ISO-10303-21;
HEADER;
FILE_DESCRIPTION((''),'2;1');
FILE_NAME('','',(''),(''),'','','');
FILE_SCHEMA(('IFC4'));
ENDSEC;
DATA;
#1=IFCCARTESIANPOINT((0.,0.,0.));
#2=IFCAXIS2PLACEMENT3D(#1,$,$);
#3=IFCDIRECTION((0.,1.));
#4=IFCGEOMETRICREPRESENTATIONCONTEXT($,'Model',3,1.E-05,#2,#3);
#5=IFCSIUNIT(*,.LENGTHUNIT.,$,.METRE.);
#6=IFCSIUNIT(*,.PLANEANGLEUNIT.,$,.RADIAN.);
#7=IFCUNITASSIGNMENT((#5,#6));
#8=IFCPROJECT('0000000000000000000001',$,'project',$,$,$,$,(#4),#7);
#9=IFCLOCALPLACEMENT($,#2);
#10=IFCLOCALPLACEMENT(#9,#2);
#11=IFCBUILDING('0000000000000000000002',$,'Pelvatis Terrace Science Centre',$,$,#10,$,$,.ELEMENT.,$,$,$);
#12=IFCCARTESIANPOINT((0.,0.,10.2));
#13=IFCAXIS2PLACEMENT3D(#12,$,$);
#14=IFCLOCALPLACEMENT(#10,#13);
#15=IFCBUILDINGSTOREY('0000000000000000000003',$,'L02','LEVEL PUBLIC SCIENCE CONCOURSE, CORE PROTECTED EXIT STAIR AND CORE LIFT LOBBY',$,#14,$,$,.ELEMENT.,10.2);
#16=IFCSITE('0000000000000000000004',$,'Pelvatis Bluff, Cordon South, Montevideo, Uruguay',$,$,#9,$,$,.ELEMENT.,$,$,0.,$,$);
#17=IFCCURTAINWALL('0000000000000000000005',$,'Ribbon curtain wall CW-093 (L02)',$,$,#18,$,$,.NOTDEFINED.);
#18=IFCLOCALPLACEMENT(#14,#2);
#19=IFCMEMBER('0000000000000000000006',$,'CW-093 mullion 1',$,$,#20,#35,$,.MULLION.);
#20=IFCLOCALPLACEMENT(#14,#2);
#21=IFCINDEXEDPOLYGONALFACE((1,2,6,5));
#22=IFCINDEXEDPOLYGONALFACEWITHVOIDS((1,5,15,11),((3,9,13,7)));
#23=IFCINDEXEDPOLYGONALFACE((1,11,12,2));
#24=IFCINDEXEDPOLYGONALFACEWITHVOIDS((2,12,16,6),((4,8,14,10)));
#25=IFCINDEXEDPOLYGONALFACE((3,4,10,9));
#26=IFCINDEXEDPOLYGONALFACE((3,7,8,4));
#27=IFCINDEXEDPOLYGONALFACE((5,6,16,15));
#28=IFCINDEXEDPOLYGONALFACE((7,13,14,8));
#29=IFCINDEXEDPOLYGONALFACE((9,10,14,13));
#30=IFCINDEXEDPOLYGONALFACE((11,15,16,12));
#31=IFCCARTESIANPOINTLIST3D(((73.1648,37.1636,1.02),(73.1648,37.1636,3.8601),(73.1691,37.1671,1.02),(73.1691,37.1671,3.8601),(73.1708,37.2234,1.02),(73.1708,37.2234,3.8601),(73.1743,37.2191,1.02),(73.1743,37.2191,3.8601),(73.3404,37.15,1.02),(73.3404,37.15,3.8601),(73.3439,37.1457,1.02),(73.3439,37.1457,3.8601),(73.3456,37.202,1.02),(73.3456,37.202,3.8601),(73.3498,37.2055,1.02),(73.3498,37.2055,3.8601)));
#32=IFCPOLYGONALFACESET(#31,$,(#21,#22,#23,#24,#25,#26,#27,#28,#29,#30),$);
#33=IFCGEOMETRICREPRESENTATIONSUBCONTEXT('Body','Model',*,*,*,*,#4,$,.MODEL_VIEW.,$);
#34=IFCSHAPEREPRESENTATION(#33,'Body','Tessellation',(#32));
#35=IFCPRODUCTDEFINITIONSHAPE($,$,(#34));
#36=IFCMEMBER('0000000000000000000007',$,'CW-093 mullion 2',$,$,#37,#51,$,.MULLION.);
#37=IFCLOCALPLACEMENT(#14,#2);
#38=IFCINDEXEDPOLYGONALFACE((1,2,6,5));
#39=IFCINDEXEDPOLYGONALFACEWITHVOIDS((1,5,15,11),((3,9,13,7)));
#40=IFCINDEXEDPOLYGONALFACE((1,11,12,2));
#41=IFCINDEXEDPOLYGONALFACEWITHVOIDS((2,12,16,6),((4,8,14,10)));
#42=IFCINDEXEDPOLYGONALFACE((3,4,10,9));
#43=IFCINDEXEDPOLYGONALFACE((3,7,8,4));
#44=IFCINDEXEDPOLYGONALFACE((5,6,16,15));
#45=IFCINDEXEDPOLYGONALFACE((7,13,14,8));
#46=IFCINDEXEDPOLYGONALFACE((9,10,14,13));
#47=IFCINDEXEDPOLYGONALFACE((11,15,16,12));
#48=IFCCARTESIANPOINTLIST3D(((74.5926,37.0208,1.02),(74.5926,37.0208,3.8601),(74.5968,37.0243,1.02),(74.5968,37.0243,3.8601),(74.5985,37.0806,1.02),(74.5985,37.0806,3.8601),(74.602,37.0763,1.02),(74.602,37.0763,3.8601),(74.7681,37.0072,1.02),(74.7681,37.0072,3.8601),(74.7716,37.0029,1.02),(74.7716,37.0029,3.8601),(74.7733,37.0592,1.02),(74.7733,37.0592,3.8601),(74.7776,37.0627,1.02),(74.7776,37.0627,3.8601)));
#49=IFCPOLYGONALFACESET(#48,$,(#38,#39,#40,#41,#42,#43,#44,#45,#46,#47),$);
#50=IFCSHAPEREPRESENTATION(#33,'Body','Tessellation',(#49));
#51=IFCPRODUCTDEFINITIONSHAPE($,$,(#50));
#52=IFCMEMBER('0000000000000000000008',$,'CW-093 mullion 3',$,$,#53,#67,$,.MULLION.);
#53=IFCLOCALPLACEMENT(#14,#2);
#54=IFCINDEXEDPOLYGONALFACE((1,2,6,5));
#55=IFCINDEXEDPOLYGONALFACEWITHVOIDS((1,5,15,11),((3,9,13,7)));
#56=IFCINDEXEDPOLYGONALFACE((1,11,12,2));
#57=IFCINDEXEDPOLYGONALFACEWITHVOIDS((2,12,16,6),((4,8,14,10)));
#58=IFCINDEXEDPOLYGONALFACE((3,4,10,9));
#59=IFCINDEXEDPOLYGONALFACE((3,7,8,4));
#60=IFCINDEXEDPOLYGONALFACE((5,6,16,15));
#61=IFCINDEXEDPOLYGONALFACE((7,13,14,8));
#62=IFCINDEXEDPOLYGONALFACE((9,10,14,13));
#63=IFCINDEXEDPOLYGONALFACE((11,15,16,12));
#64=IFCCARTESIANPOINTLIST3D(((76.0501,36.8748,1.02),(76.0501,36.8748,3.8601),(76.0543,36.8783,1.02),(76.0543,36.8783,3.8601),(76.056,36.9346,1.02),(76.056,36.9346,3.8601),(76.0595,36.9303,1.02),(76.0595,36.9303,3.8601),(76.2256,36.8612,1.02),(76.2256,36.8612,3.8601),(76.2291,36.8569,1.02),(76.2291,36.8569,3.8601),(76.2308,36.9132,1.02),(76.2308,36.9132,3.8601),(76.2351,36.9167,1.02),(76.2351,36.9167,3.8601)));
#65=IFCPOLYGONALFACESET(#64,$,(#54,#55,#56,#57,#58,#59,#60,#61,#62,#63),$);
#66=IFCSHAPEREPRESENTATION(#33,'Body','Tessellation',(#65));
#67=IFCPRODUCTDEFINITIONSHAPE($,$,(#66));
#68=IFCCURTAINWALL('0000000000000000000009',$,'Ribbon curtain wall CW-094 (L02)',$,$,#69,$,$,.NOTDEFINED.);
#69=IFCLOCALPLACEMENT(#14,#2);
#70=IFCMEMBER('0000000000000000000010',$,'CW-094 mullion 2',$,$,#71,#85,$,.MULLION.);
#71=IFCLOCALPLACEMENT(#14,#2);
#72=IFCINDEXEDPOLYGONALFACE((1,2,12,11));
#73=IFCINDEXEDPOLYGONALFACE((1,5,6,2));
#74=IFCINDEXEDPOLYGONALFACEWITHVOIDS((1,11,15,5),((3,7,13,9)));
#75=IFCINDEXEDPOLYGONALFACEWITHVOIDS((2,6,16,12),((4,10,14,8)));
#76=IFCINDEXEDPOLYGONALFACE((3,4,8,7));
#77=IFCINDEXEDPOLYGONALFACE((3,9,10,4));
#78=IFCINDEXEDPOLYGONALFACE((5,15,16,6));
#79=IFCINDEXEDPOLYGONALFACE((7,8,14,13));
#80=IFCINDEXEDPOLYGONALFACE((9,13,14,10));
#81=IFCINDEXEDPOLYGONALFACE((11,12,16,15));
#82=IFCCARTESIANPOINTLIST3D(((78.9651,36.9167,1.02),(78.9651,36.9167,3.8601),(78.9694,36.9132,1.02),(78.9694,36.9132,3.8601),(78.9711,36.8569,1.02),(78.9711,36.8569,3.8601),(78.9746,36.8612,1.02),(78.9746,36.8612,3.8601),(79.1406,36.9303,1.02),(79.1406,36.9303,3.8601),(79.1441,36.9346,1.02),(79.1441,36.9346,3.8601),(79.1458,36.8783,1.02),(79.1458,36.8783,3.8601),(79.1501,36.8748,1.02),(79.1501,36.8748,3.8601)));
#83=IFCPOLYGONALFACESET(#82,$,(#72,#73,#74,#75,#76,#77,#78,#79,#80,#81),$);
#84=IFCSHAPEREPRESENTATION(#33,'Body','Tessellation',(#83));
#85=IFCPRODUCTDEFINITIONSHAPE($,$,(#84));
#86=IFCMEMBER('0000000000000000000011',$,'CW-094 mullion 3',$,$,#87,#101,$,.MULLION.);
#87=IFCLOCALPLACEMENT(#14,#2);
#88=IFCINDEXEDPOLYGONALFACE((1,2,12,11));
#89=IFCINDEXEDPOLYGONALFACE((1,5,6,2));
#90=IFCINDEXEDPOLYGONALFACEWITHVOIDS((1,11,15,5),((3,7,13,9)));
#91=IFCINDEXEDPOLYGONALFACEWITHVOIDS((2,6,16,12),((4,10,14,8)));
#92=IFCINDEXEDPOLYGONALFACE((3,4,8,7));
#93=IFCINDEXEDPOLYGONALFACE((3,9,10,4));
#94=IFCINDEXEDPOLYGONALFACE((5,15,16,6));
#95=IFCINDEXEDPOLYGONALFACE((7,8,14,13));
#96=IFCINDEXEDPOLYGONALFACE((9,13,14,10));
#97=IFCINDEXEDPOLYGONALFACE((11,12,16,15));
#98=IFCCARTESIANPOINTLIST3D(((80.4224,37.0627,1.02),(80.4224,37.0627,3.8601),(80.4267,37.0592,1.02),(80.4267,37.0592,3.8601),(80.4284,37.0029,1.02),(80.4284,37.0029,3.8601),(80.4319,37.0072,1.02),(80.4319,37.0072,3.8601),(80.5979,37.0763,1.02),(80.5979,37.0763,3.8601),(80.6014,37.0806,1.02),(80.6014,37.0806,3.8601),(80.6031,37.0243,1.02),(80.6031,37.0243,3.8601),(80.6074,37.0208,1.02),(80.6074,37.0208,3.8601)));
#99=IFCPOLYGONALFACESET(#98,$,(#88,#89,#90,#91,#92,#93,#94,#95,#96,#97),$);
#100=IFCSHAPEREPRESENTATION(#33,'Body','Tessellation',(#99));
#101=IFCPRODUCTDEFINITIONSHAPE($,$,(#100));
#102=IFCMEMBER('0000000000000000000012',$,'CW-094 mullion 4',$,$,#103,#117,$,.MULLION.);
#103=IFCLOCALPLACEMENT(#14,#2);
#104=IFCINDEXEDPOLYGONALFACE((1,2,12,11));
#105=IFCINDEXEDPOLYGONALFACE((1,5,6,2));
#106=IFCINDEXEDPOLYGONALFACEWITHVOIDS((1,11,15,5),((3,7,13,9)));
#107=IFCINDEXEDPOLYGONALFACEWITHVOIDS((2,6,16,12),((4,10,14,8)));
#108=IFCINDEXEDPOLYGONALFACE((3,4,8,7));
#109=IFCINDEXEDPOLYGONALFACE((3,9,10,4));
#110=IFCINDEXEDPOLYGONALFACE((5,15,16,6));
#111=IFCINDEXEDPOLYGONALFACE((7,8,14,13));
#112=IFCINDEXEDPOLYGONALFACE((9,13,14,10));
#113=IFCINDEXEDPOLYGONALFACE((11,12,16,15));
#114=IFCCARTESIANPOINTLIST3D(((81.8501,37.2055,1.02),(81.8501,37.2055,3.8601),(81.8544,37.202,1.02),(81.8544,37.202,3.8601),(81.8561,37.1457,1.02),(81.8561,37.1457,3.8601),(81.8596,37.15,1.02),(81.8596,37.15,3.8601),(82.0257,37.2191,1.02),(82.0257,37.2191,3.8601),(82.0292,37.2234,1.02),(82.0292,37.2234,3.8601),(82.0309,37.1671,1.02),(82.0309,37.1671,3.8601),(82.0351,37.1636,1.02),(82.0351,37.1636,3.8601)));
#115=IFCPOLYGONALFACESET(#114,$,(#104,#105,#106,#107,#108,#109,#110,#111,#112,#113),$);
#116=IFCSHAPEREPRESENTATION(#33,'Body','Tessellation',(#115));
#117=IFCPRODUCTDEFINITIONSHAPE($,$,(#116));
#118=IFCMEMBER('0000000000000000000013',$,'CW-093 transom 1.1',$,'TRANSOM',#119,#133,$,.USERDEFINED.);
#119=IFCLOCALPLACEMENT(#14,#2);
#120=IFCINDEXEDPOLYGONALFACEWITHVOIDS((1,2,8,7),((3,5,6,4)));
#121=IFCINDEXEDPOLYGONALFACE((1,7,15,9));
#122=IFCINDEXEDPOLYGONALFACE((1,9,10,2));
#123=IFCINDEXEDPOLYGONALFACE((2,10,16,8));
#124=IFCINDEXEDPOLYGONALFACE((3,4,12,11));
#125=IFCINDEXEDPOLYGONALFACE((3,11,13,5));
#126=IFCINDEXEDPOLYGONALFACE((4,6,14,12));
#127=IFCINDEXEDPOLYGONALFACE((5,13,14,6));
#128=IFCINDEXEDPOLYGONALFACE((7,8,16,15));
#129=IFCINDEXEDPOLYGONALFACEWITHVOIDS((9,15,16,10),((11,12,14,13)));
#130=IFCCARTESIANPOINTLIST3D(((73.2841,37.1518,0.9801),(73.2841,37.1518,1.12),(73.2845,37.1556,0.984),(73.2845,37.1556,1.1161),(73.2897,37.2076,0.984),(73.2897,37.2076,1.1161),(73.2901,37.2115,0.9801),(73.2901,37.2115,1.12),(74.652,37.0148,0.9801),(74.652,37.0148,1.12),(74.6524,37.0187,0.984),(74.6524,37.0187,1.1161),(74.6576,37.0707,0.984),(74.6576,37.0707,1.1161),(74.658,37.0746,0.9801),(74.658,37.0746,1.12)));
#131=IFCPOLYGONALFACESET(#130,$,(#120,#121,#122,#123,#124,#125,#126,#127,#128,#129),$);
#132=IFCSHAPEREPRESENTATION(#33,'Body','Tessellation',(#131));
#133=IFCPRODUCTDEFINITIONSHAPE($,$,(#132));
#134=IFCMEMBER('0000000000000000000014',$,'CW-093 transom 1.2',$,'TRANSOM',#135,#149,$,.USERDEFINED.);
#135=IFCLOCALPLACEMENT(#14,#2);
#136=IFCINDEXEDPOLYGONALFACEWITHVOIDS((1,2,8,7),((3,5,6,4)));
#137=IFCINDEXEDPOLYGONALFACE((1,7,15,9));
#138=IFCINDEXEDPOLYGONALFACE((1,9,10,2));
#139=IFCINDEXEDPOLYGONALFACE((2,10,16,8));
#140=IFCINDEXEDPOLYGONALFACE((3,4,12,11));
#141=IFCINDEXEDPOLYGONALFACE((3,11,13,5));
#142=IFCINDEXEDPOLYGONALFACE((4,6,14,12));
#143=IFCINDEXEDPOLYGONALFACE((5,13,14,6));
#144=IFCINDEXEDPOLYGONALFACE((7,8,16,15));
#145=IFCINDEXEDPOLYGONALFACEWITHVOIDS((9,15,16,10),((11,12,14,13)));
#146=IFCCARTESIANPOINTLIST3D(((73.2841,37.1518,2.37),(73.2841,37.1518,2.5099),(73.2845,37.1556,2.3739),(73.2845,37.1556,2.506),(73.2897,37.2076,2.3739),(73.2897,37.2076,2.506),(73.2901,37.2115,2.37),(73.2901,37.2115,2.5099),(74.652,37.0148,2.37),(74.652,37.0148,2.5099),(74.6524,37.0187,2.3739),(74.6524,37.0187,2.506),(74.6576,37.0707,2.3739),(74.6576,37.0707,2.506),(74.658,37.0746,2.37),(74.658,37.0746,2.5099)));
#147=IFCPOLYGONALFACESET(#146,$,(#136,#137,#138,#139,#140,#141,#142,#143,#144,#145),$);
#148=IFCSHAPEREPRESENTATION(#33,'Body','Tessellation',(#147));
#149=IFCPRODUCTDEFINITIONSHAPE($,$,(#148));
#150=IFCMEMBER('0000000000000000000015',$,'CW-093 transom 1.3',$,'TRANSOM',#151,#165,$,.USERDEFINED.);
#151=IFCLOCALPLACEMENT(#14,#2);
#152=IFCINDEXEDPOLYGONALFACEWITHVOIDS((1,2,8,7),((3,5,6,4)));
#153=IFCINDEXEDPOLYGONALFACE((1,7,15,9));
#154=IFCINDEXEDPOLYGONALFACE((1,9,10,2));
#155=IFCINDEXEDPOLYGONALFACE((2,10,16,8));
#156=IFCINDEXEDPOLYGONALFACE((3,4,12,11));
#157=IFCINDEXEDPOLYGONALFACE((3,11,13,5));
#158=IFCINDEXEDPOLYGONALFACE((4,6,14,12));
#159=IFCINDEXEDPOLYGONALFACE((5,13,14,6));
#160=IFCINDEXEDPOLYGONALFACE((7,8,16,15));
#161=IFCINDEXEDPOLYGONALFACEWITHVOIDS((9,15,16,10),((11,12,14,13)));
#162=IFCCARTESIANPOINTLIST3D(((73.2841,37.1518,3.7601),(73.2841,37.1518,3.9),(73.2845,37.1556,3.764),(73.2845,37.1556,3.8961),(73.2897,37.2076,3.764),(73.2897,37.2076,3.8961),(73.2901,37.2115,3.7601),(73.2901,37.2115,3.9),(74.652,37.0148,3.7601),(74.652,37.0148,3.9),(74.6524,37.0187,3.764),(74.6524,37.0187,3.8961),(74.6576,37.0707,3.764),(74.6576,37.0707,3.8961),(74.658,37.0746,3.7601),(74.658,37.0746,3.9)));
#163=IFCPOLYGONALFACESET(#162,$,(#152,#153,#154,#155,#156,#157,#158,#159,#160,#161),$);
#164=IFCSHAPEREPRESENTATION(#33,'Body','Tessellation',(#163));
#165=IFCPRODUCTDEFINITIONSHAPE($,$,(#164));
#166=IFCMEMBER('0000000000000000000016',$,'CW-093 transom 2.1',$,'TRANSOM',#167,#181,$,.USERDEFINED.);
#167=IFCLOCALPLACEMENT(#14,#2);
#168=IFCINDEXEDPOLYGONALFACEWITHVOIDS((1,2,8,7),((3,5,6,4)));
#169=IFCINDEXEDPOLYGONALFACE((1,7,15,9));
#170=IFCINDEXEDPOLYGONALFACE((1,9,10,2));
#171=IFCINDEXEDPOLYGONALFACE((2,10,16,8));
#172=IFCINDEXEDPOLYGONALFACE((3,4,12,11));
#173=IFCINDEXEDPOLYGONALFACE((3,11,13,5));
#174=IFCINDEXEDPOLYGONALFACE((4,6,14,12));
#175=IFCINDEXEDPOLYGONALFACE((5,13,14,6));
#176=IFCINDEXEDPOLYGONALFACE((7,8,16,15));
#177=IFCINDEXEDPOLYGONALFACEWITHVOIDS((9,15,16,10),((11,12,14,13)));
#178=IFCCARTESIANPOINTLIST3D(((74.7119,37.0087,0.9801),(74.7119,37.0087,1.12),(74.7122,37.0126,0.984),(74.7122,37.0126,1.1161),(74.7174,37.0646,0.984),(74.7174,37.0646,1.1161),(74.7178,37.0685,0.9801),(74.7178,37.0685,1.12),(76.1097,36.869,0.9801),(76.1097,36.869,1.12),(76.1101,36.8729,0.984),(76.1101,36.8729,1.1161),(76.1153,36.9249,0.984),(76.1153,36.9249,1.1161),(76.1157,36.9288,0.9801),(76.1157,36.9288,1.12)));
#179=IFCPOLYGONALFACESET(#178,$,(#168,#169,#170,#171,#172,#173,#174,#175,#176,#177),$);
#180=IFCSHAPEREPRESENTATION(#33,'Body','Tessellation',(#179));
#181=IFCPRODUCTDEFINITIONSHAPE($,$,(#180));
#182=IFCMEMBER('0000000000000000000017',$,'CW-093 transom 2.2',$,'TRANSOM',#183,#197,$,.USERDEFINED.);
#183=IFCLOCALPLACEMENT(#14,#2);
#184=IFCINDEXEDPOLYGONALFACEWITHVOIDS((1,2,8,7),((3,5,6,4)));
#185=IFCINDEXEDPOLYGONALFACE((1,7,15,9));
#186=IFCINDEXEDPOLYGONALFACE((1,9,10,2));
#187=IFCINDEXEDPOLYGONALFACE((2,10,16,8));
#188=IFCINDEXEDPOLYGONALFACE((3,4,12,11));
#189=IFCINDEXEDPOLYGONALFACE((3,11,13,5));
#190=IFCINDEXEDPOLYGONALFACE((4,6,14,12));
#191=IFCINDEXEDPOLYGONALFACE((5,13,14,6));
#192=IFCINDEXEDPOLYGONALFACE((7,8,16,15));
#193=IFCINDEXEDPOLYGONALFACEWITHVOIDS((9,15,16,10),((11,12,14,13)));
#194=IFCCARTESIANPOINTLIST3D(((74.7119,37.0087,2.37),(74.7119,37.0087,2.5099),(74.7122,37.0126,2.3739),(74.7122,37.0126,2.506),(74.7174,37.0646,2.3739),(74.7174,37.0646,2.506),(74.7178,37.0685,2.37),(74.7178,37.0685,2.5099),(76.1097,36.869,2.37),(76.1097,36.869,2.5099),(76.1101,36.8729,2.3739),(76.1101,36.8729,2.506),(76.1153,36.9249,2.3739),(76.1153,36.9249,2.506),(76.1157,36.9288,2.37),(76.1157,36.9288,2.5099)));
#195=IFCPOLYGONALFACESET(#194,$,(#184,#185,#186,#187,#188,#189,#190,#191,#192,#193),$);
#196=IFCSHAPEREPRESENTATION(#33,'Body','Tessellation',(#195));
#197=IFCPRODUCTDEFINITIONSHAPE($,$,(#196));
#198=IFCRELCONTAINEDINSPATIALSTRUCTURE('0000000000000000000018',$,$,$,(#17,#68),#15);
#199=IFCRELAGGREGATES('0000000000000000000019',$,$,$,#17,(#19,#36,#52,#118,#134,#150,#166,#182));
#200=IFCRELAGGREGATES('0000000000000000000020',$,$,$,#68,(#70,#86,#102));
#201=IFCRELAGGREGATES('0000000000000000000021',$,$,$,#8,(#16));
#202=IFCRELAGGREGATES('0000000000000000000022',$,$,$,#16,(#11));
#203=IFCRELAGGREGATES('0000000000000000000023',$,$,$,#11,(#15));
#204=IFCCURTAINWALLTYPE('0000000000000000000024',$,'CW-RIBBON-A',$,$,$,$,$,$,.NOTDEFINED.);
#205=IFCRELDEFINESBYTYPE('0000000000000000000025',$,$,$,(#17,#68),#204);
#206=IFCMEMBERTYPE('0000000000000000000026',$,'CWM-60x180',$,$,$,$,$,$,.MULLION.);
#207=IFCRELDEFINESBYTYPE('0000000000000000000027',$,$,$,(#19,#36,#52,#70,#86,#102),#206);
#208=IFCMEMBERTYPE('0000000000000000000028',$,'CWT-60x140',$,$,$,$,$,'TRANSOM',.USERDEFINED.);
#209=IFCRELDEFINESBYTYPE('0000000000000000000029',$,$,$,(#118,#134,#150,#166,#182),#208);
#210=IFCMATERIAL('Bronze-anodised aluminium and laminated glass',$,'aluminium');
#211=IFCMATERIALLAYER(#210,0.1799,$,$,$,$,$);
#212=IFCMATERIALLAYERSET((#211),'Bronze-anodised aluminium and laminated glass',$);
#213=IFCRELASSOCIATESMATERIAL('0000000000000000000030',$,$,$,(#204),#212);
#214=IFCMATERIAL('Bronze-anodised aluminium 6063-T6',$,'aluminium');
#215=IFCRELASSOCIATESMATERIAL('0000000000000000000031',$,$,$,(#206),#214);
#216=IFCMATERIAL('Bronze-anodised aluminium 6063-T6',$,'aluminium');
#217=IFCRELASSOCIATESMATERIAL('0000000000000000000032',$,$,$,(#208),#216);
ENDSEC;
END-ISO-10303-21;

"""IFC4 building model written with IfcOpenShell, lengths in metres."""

from ifc_helpers import new_model, si_unit, direction, frame, origin, origin_2d, place, context, subcontext, project, spatial, hollow_rectangle, extrude, material, layer, layer_set, material_profile, profile_set, type_object, element, aggregate, save


model = new_model("IFC4")

# Units and contexts
model_context = context("Model", 3, precision=1e-05, world=origin(), true_north=direction((0.0, 1.0)))
body_context = subcontext(model_context, "Body", "Model", "MODEL_VIEW")
ifc_project = project(units=[si_unit("LENGTHUNIT", "METRE"), si_unit("PLANEANGLEUNIT", "RADIAN")], contexts=[model_context])

# Site, building, storey
site_placement = place(None, origin())
site = spatial("IfcSite", under=ifc_project, at=site_placement, Name="Pelvatis Bluff, Cordon South, Montevideo, Uruguay", CompositionType="ELEMENT", RefElevation=0.0)
building_placement = place(site_placement, origin())
building = spatial("IfcBuilding", under=site, at=building_placement, Name="Pelvatis Terrace Science Centre", CompositionType="ELEMENT")
storey_placement = place(building_placement, frame((0.0, 0.0, 10.2)))
storey = spatial("IfcBuildingStorey", under=building, at=storey_placement, Name="L02", Description="LEVEL PUBLIC SCIENCE CONCOURSE, CORE PROTECTED EXIT STAIR AND CORE LIFT LOBBY", CompositionType="ELEMENT", Elevation=10.2)

# Curtain walls, members
ifc_material_1 = material(Name="Bronze-anodised aluminium and laminated glass", Category="aluminium")
ifc_layer_1 = layer(ifc_material_1, 0.1799)
ifc_layer_set_1 = layer_set([ifc_layer_1], Name="Bronze-anodised aluminium and laminated glass")
curtain_wall_type = type_object("IfcCurtainWallType", Name="CW-RIBBON-A", PredefinedType="NOTDEFINED", material=ifc_layer_set_1)
curtain_wall_1_placement = place(storey_placement, origin())
curtain_wall_1 = element("IfcCurtainWall", 1, at=curtain_wall_1_placement, inside=storey, type_object=curtain_wall_type, Name="Ribbon curtain wall CW-093 (L02)", PredefinedType="NOTDEFINED")
ifc_material_2 = material(Name="Bronze-anodised aluminium 6063-T6", Category="aluminium")
ifc_material_profile_1 = material_profile(ifc_material_2, hollow_rectangle(XDim=0.0601, YDim=0.1799, WallThickness=0.0039, at=origin_2d()), Name="ALU-MUL 60x180")
ifc_profile_set_1 = profile_set([ifc_material_profile_1], Name="Bronze-anodised aluminium 6063-T6")
member_type_1 = type_object("IfcMemberType", Name="CWM-60x180", PredefinedType="MULLION", material=ifc_profile_set_1)
member_1_placement = place(storey_placement, frame((73.2573, 37.1846, 1.02), z_axis=(0.0, 0.0, 1.0), x_axis=(0.09956, 0.995032, 0.0)))
member_1 = element("IfcMember", 2, at=member_1_placement, type_object=member_type_1, Name="CW-093 mullion 1", PredefinedType="MULLION", context=body_context, shape_type="SweptSolid", body=[
    extrude(hollow_rectangle(XDim=0.0601, YDim=0.1799, WallThickness=0.0039, at=origin_2d()), origin(), (0.0, 0.0, 1.0), 2.8401),
])
member_2_placement = place(storey_placement, frame((74.6851, 37.0417, 1.02), z_axis=(0.0, 0.0, 1.0), x_axis=(0.09956, 0.995032, 0.0)))
member_2 = element("IfcMember", 3, at=member_2_placement, type_object=member_type_1, Name="CW-093 mullion 2", PredefinedType="MULLION", context=body_context, shape_type="SweptSolid", body=[
    extrude(hollow_rectangle(XDim=0.0601, YDim=0.1799, WallThickness=0.0039, at=origin_2d()), origin(), (0.0, 0.0, 1.0), 2.8401),
])
member_3_placement = place(storey_placement, frame((76.1426, 36.8958, 1.02), z_axis=(0.0, 0.0, 1.0), x_axis=(0.09956, 0.995032, 0.0)))
member_3 = element("IfcMember", 4, at=member_3_placement, type_object=member_type_1, Name="CW-093 mullion 3", PredefinedType="MULLION", context=body_context, shape_type="SweptSolid", body=[
    extrude(hollow_rectangle(XDim=0.0601, YDim=0.1799, WallThickness=0.0039, at=origin_2d()), origin(), (0.0, 0.0, 1.0), 2.8401),
])
curtain_wall_2_placement = place(storey_placement, origin())
curtain_wall_2 = element("IfcCurtainWall", 5, at=curtain_wall_2_placement, inside=storey, type_object=curtain_wall_type, Name="Ribbon curtain wall CW-094 (L02)", PredefinedType="NOTDEFINED")
member_4_placement = place(storey_placement, frame((79.0576, 36.8958, 1.02), z_axis=(0.0, 0.0, 1.0), x_axis=(-0.09956, 0.995032, 0.0)))
member_4 = element("IfcMember", 6, at=member_4_placement, type_object=member_type_1, Name="CW-094 mullion 2", PredefinedType="MULLION", context=body_context, shape_type="SweptSolid", body=[
    extrude(hollow_rectangle(XDim=0.0601, YDim=0.1799, WallThickness=0.0039, at=origin_2d()), origin(), (0.0, 0.0, 1.0), 2.8401),
])
member_5_placement = place(storey_placement, frame((80.5149, 37.0417, 1.02), z_axis=(0.0, 0.0, 1.0), x_axis=(-0.09956, 0.995032, 0.0)))
member_5 = element("IfcMember", 7, at=member_5_placement, type_object=member_type_1, Name="CW-094 mullion 3", PredefinedType="MULLION", context=body_context, shape_type="SweptSolid", body=[
    extrude(hollow_rectangle(XDim=0.0601, YDim=0.1799, WallThickness=0.0039, at=origin_2d()), origin(), (0.0, 0.0, 1.0), 2.8401),
])
member_6_placement = place(storey_placement, frame((81.9426, 37.1846, 1.02), z_axis=(0.0, 0.0, 1.0), x_axis=(-0.09956, 0.995032, 0.0)))
member_6 = element("IfcMember", 8, at=member_6_placement, type_object=member_type_1, Name="CW-094 mullion 4", PredefinedType="MULLION", context=body_context, shape_type="SweptSolid", body=[
    extrude(hollow_rectangle(XDim=0.0601, YDim=0.1799, WallThickness=0.0039, at=origin_2d()), origin(), (0.0, 0.0, 1.0), 2.8401),
])

# Members
ifc_material_3 = material(Name="Bronze-anodised aluminium 6063-T6", Category="aluminium")
ifc_material_profile_2 = material_profile(ifc_material_3, hollow_rectangle(XDim=0.0601, YDim=0.1399, WallThickness=0.0039, at=origin_2d()), Name="ALU-TRN 60x140")
ifc_profile_set_2 = profile_set([ifc_material_profile_2], Name="Bronze-anodised aluminium 6063-T6")
member_type_2 = type_object("IfcMemberType", Name="CWT-60x140", ElementType="TRANSOM", PredefinedType="USERDEFINED", material=ifc_profile_set_2)
member_7_placement = place(storey_placement, frame((73.2871, 37.1816, 1.05), z_axis=(0.995025, -0.099627, 0.0), x_axis=(0.099627, 0.995025, 0.0)))
member_7 = element("IfcMember", 9, at=member_7_placement, type_object=member_type_2, Name="CW-093 transom 1.1", ObjectType="TRANSOM", PredefinedType="USERDEFINED", context=body_context, shape_type="SweptSolid", body=[
    extrude(hollow_rectangle(XDim=0.0601, YDim=0.1399, WallThickness=0.0039, at=origin_2d()), origin(), (0.0, 0.0, 1.0), 1.3748),
])
member_8_placement = place(storey_placement, frame((73.2871, 37.1816, 2.4399), z_axis=(0.995025, -0.099627, 0.0), x_axis=(0.099627, 0.995025, 0.0)))
member_8 = element("IfcMember", 10, at=member_8_placement, type_object=member_type_2, Name="CW-093 transom 1.2", ObjectType="TRANSOM", PredefinedType="USERDEFINED", context=body_context, shape_type="SweptSolid", body=[
    extrude(hollow_rectangle(XDim=0.0601, YDim=0.1399, WallThickness=0.0039, at=origin_2d()), origin(), (0.0, 0.0, 1.0), 1.3748),
])
member_9_placement = place(storey_placement, frame((73.2871, 37.1816, 3.8301), z_axis=(0.995025, -0.099627, 0.0), x_axis=(0.099627, 0.995025, 0.0)))
member_9 = element("IfcMember", 11, at=member_9_placement, type_object=member_type_2, Name="CW-093 transom 1.3", ObjectType="TRANSOM", PredefinedType="USERDEFINED", context=body_context, shape_type="SweptSolid", body=[
    extrude(hollow_rectangle(XDim=0.0601, YDim=0.1399, WallThickness=0.0039, at=origin_2d()), origin(), (0.0, 0.0, 1.0), 1.3748),
])
member_10_placement = place(storey_placement, frame((74.7148, 37.0386, 1.05), z_axis=(0.995046, -0.099418, 0.0), x_axis=(0.099418, 0.995046, 0.0)))
member_10 = element("IfcMember", 12, at=member_10_placement, type_object=member_type_2, Name="CW-093 transom 2.1", ObjectType="TRANSOM", PredefinedType="USERDEFINED", context=body_context, shape_type="SweptSolid", body=[
    extrude(hollow_rectangle(XDim=0.0601, YDim=0.1399, WallThickness=0.0039, at=origin_2d()), origin(), (0.0, 0.0, 1.0), 1.4048),
])
member_11_placement = place(storey_placement, frame((74.7148, 37.0386, 2.4399), z_axis=(0.995046, -0.099418, 0.0), x_axis=(0.099418, 0.995046, 0.0)))
member_11 = element("IfcMember", 13, at=member_11_placement, type_object=member_type_2, Name="CW-093 transom 2.2", ObjectType="TRANSOM", PredefinedType="USERDEFINED", context=body_context, shape_type="SweptSolid", body=[
    extrude(hollow_rectangle(XDim=0.0601, YDim=0.1399, WallThickness=0.0039, at=origin_2d()), origin(), (0.0, 0.0, 1.0), 1.4048),
])

aggregate(curtain_wall_1, [member_1, member_2, member_3, member_7, member_8, member_9, member_10, member_11])
aggregate(curtain_wall_2, [member_4, member_5, member_6])

save(model, "model.ifc")
